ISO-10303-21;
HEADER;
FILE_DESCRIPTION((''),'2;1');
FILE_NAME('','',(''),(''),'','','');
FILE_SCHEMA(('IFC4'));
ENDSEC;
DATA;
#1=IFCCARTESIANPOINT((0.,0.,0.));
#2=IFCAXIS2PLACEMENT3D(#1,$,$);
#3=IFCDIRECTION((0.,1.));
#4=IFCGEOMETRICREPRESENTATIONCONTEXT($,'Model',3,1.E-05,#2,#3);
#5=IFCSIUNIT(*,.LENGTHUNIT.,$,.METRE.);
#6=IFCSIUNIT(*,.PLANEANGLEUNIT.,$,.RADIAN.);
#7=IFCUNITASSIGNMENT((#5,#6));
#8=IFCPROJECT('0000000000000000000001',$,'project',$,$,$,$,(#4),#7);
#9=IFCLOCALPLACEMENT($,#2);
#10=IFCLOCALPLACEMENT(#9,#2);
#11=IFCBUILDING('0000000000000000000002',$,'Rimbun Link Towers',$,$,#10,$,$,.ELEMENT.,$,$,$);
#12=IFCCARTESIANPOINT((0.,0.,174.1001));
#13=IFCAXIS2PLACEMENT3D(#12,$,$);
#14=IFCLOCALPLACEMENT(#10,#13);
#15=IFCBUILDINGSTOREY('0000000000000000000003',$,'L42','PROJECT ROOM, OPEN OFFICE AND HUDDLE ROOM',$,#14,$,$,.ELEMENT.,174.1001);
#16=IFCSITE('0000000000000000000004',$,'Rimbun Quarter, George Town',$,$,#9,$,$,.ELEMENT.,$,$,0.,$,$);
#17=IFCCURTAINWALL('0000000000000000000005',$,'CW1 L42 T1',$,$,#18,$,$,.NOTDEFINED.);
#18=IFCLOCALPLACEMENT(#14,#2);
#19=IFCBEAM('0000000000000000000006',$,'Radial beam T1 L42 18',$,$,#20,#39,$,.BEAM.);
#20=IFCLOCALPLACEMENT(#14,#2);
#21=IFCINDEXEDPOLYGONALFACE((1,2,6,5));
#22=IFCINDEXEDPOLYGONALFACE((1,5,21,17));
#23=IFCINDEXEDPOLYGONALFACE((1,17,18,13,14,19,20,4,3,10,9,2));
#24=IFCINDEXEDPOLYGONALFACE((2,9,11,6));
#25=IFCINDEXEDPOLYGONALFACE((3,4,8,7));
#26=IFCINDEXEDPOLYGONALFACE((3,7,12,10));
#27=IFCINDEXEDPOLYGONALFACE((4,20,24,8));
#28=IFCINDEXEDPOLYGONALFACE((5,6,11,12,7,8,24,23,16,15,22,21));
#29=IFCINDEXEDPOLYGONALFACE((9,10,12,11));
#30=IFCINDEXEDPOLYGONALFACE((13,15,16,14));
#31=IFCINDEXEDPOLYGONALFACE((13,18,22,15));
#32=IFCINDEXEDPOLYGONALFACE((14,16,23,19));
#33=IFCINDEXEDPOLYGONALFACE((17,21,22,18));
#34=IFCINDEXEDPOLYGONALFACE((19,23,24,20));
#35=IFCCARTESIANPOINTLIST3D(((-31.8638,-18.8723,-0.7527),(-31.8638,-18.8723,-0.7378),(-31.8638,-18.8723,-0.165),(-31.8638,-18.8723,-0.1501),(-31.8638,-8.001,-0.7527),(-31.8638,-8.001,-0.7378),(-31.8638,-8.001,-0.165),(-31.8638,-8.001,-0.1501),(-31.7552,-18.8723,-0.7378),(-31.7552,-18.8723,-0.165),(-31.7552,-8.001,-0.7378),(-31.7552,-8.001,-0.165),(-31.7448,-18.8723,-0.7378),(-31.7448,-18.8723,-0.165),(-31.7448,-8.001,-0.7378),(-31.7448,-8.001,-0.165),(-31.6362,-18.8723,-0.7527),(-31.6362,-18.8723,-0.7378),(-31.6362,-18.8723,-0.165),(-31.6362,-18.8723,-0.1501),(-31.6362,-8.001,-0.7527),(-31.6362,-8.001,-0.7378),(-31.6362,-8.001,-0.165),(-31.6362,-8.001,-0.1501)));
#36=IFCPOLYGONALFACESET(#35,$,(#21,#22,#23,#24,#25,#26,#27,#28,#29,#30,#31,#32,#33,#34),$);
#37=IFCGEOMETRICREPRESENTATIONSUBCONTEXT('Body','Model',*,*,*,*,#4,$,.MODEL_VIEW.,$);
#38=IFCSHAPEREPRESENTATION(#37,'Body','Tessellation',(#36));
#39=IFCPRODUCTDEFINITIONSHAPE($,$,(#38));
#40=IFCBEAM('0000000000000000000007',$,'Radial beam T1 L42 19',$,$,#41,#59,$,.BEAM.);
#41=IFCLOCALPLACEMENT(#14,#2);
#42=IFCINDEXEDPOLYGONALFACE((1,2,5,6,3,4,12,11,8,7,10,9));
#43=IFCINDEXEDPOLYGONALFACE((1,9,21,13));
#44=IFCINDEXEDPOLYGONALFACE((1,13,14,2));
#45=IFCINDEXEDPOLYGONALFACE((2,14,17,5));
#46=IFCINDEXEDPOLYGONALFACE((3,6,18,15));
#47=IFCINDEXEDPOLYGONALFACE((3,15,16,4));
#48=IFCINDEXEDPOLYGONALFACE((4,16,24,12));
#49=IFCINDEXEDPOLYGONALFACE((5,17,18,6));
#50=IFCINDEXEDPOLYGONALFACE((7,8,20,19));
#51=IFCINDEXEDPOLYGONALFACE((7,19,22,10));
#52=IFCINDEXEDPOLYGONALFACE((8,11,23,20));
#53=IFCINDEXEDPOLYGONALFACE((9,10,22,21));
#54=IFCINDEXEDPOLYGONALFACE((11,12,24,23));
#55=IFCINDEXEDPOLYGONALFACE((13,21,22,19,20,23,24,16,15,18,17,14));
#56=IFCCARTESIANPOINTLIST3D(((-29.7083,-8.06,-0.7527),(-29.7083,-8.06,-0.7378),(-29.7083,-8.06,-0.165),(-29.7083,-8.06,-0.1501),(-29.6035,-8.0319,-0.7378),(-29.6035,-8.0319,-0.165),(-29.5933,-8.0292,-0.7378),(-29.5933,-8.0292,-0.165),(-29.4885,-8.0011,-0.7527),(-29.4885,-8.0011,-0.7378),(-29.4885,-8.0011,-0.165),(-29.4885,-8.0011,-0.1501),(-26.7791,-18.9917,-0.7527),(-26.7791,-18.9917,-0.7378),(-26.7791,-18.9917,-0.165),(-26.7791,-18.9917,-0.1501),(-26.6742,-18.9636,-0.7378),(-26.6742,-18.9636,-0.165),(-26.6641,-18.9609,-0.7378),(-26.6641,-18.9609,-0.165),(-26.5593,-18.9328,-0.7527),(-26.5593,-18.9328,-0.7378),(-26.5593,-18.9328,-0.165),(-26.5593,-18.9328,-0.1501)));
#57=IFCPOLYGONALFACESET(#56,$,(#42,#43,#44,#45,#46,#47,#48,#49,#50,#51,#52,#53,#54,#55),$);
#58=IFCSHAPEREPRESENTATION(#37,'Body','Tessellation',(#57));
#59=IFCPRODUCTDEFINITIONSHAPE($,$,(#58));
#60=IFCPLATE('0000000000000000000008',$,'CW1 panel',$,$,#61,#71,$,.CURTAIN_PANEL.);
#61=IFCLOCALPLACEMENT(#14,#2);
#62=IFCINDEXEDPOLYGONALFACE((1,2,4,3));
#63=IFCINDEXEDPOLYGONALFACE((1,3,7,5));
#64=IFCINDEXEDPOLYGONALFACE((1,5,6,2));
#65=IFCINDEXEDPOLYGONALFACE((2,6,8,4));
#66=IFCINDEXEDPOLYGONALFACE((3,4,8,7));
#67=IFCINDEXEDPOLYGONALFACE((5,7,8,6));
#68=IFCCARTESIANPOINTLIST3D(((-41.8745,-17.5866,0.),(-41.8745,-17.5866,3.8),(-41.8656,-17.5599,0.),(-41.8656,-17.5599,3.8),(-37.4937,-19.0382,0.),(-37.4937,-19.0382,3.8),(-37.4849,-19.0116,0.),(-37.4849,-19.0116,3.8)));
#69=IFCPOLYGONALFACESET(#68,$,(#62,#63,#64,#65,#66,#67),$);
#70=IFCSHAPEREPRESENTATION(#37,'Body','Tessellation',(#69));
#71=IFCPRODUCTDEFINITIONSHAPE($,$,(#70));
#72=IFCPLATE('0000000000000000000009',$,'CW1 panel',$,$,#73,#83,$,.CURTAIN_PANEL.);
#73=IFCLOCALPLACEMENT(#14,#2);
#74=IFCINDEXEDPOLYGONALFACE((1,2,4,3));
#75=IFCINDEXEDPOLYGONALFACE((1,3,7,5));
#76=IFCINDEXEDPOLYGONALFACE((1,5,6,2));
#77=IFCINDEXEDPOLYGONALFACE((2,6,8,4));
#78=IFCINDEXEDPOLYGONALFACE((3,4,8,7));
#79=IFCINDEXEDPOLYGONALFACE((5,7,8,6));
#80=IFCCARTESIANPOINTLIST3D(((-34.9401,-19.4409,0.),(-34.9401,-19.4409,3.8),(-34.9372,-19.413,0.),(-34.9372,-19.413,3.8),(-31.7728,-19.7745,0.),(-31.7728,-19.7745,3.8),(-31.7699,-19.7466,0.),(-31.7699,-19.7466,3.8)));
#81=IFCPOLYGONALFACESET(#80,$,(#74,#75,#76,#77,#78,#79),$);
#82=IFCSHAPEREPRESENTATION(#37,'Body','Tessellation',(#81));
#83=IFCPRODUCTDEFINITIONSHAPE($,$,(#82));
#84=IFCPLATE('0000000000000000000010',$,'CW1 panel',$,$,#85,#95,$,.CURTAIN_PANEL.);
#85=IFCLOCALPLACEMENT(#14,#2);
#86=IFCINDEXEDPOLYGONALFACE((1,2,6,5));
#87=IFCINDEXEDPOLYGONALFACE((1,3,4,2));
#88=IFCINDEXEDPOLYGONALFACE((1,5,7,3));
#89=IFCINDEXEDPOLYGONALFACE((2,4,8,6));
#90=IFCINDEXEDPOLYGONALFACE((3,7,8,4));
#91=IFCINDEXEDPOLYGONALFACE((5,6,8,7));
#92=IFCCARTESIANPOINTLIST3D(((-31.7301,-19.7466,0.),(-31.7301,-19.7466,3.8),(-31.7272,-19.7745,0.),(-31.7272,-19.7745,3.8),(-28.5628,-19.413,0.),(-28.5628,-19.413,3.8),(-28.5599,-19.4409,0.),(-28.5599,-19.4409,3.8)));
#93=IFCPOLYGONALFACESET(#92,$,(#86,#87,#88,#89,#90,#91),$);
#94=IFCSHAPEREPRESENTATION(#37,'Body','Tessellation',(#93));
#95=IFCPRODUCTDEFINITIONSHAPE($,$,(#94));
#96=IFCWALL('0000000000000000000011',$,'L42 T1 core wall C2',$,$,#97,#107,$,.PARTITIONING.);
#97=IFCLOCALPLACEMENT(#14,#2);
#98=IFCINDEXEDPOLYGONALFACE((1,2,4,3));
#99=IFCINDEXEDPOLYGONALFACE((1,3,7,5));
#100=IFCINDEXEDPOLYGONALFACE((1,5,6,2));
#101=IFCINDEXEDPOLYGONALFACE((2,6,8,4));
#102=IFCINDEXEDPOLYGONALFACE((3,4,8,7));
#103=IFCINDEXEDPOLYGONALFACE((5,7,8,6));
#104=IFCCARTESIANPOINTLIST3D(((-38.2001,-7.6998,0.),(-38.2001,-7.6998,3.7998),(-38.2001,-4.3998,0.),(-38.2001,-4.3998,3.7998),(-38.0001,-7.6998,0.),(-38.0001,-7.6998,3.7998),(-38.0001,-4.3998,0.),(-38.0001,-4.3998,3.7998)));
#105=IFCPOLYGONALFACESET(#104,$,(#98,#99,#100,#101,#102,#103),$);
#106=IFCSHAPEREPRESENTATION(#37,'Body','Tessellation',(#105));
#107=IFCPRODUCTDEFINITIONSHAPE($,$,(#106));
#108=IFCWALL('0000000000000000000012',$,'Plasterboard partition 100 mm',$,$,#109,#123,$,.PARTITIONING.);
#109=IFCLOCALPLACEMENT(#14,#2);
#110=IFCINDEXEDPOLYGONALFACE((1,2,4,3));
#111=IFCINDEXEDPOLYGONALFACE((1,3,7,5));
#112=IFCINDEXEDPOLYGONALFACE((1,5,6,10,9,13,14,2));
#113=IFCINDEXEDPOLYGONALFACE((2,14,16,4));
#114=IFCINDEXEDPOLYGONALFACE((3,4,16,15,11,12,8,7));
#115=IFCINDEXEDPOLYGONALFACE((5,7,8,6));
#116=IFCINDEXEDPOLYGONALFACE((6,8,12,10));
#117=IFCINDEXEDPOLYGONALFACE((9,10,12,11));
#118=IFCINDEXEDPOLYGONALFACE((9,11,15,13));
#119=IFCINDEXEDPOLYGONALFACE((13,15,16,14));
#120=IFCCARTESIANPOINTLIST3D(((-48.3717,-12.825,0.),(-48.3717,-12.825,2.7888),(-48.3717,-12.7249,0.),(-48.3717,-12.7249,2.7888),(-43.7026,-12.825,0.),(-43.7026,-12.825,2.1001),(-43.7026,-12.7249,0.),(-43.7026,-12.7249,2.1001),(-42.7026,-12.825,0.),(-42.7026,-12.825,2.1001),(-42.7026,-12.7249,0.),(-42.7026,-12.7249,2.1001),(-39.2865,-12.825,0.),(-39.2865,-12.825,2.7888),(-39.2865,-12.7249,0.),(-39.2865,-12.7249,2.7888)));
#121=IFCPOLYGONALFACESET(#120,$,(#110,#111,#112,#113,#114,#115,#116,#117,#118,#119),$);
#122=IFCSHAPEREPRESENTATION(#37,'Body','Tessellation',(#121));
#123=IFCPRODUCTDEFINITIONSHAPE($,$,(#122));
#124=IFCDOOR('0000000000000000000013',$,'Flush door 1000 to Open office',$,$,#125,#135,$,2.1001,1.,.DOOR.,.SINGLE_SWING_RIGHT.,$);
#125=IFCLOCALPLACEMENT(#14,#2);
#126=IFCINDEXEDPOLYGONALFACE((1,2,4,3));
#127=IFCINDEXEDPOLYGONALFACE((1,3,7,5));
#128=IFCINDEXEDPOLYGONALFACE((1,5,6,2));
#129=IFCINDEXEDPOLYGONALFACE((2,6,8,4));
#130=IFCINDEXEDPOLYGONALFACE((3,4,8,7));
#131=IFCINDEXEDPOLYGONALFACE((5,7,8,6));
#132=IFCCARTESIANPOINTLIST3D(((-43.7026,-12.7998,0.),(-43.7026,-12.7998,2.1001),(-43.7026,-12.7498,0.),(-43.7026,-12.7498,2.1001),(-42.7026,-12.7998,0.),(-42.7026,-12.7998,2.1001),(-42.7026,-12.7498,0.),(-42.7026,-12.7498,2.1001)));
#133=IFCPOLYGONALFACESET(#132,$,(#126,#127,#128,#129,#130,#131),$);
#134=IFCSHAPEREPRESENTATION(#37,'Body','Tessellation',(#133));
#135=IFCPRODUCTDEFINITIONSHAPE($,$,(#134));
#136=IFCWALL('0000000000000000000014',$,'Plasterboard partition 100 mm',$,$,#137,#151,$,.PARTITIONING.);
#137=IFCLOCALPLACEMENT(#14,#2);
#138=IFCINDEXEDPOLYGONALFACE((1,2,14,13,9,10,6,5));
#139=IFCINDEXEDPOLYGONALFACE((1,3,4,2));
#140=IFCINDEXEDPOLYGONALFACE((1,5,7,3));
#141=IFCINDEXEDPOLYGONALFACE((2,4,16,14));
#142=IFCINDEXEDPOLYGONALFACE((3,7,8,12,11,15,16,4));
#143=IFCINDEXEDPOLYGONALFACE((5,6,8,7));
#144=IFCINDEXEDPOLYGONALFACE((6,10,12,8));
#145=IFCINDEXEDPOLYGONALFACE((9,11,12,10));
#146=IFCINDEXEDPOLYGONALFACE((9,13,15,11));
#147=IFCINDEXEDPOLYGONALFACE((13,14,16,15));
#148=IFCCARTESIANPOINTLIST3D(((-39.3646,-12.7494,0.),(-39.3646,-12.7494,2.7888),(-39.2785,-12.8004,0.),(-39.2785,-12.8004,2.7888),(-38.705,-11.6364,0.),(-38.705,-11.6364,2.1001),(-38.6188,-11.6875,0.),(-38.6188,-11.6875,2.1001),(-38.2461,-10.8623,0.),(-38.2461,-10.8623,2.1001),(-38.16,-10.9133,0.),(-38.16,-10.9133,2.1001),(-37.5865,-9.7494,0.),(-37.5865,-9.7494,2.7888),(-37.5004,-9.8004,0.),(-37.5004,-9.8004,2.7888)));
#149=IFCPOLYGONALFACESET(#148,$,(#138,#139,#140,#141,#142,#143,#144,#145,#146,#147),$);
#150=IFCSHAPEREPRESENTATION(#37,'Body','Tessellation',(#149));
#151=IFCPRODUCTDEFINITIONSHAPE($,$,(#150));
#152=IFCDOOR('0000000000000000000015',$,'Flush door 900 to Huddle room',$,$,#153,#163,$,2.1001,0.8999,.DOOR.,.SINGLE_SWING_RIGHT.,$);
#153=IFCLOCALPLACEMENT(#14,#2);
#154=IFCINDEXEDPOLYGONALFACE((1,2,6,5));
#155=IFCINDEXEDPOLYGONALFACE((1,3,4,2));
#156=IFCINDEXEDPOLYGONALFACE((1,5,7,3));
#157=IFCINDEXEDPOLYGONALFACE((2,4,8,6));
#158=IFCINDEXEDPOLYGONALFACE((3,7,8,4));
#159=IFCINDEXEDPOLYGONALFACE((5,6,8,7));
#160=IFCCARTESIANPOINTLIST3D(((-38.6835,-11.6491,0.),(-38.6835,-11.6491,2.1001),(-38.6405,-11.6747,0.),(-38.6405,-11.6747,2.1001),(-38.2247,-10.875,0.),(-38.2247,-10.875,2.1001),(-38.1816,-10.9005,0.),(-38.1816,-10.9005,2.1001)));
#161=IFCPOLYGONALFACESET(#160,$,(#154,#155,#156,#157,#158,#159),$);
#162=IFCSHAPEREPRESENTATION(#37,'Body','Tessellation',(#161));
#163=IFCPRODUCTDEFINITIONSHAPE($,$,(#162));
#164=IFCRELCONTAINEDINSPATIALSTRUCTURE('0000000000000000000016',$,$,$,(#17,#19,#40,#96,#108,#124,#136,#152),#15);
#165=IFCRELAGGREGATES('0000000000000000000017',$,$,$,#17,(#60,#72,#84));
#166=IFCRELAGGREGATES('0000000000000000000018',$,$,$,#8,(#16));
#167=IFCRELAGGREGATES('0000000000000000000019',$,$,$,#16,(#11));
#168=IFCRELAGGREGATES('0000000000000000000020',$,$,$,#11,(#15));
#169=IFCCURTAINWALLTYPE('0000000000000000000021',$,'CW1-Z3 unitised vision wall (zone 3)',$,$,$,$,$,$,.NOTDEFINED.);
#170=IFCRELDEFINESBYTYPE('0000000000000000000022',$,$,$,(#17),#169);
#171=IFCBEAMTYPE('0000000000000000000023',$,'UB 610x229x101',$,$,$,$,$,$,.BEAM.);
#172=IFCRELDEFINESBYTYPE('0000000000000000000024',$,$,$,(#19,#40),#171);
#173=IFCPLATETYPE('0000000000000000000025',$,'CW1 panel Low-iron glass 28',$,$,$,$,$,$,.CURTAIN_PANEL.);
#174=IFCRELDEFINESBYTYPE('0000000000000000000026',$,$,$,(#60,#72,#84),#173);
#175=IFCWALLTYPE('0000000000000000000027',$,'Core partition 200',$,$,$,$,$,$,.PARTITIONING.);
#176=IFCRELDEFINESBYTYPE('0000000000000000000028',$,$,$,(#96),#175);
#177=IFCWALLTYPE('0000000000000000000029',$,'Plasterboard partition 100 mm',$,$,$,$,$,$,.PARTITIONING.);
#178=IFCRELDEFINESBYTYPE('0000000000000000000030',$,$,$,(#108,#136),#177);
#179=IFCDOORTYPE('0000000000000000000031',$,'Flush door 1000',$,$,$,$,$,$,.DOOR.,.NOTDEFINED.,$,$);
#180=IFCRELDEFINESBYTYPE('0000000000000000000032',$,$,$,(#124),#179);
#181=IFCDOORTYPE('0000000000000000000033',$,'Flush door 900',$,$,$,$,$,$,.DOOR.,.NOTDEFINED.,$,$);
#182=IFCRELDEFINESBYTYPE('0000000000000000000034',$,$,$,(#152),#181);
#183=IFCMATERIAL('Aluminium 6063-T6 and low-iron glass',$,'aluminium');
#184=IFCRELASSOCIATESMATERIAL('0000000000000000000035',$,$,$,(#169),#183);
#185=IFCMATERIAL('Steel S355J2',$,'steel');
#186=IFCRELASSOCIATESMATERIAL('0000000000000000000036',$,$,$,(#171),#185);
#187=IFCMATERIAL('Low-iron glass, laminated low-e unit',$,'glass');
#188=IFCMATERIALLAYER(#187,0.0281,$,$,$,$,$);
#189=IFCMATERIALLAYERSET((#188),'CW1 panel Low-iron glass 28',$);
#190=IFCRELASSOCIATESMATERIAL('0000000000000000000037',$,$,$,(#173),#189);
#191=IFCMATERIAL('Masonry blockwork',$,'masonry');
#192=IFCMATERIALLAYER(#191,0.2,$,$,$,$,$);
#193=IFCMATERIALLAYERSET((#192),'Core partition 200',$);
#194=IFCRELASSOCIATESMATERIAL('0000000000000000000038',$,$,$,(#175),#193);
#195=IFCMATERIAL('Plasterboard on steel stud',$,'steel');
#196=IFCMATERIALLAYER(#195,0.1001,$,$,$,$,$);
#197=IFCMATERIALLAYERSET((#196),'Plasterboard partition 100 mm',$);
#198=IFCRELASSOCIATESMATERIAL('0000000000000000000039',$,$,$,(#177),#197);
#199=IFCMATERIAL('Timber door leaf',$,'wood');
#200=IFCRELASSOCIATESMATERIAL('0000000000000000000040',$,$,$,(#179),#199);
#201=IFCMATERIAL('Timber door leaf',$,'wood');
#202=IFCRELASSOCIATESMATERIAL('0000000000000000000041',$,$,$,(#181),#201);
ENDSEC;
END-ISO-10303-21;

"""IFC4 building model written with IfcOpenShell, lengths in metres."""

from ifc_helpers import new_model, si_unit, direction, frame, frame_2d, origin, origin_2d, place, context, subcontext, project, spatial, rectangle, i_section, extrude, material, layer, layer_set, material_profile, profile_set, type_object, element, fill, aggregate, save


model = new_model("IFC4")

# Units and contexts
model_context = context("Model", 3, precision=1e-05, world=origin(), true_north=direction((0.0, 1.0)))
body_context = subcontext(model_context, "Body", "Model", "MODEL_VIEW")
ifc_project = project(units=[si_unit("LENGTHUNIT", "METRE"), si_unit("PLANEANGLEUNIT", "RADIAN")], contexts=[model_context])

# Site, building, storey
site_placement = place(None, origin())
site = spatial("IfcSite", under=ifc_project, at=site_placement, Name="Rimbun Quarter, George Town", CompositionType="ELEMENT", RefElevation=0.0)
building_placement = place(site_placement, origin())
building = spatial("IfcBuilding", under=site, at=building_placement, Name="Rimbun Link Towers", CompositionType="ELEMENT")
storey_placement = place(building_placement, frame((0.0, 0.0, 174.1001)))
storey = spatial("IfcBuildingStorey", under=building, at=storey_placement, Name="L42", Description="PROJECT ROOM, OPEN OFFICE AND HUDDLE ROOM", CompositionType="ELEMENT", Elevation=174.1001)

# Curtain wall
ifc_material_1 = material(Name="Aluminium 6063-T6 and low-iron glass", Category="aluminium")
curtain_wall_type = type_object("IfcCurtainWallType", Name="CW1-Z3 unitised vision wall (zone 3)", PredefinedType="NOTDEFINED", material=ifc_material_1)
curtain_wall_placement = place(storey_placement, origin())
curtain_wall = element("IfcCurtainWall", 1, at=curtain_wall_placement, inside=storey, type_object=curtain_wall_type, Name="CW1 L42 T1", PredefinedType="NOTDEFINED")

# Beams
ifc_material_2 = material(Name="Steel S355J2", Category="steel")
ifc_material_profile_1 = material_profile(ifc_material_2, i_section(OverallWidth=0.2275, OverallDepth=0.6025, WebThickness=0.0105, FlangeThickness=0.0149, at=origin_2d()), Name="UB 610x229x101")
ifc_profile_set_1 = profile_set([ifc_material_profile_1], Name="Steel S355J2")
beam_type_1 = type_object("IfcBeamType", Name="UB 610x229x101", PredefinedType="BEAM", material=ifc_profile_set_1)
beam_1_placement = place(storey_placement, frame((-31.75, -8.001, -0.4514), z_axis=(0.0, -1.0, 0.0), x_axis=(1.0, 0.0, 0.0)))
element("IfcBeam", 2, at=beam_1_placement, inside=storey, type_object=beam_type_1, Name="Radial beam T1 L42 18", PredefinedType="BEAM", context=body_context, shape_type="SweptSolid", body=[
    extrude(i_section(OverallWidth=0.2275, OverallDepth=0.6025, WebThickness=0.0105, FlangeThickness=0.0149, at=origin_2d()), origin(), (0.0, 0.0, 1.0), 10.8713),
])
beam_2_placement = place(storey_placement, frame((-29.5984, -8.0305, -0.4514), z_axis=(0.258825, -0.965924, 0.0), x_axis=(0.965924, 0.258825, 0.0)))
element("IfcBeam", 3, at=beam_2_placement, inside=storey, type_object=beam_type_1, Name="Radial beam T1 L42 19", PredefinedType="BEAM", context=body_context, shape_type="SweptSolid", body=[
    extrude(i_section(OverallWidth=0.2275, OverallDepth=0.6025, WebThickness=0.0105, FlangeThickness=0.0149, at=origin_2d()), origin(), (0.0, 0.0, 1.0), 11.3174),
])

# Plates
ifc_material_3 = material(Name="Low-iron glass, laminated low-e unit", Category="glass")
ifc_layer_1 = layer(ifc_material_3, 0.0281)
ifc_layer_set_1 = layer_set([ifc_layer_1], Name="CW1 panel Low-iron glass 28")
plate_type = type_object("IfcPlateType", Name="CW1 panel Low-iron glass 28", PredefinedType="CURTAIN_PANEL", material=ifc_layer_set_1)
plate_1_placement = place(storey_placement, frame((-39.6797, -18.2991, 0.0), z_axis=(0.0, 0.0, 1.0), x_axis=(-0.949237, 0.31456, 0.0)))
plate_1 = element("IfcPlate", 4, at=plate_1_placement, type_object=plate_type, Name="CW1 panel", PredefinedType="CURTAIN_PANEL", context=body_context, shape_type="SweptSolid", body=[
    extrude(rectangle(XDim=4.615, YDim=0.0281, at=origin_2d()), origin(), (0.0, 0.0, 1.0), 3.8),
])
plate_2_placement = place(storey_placement, frame((-33.355, -19.5938, 0.0), z_axis=(0.0, 0.0, 1.0), x_axis=(-0.9945, 0.104737, 0.0)))
plate_2 = element("IfcPlate", 5, at=plate_2_placement, type_object=plate_type, Name="CW1 panel", PredefinedType="CURTAIN_PANEL", context=body_context, shape_type="SweptSolid", body=[
    extrude(rectangle(XDim=3.1848, YDim=0.0281, at=origin_2d()), origin(), (0.0, 0.0, 1.0), 3.8),
])
plate_3_placement = place(storey_placement, frame((-30.145, -19.5938, 0.0), z_axis=(0.0, 0.0, 1.0), x_axis=(-0.9945, -0.104737, 0.0)))
plate_3 = element("IfcPlate", 6, at=plate_3_placement, type_object=plate_type, Name="CW1 panel", PredefinedType="CURTAIN_PANEL", context=body_context, shape_type="SweptSolid", body=[
    extrude(rectangle(XDim=3.1848, YDim=0.0281, at=origin_2d()), origin(), (0.0, 0.0, 1.0), 3.8),
])
aggregate(curtain_wall, [plate_1, plate_2, plate_3])

# Wall
ifc_material_4 = material(Name="Masonry blockwork", Category="masonry")
ifc_layer_2 = layer(ifc_material_4, 0.2)
ifc_layer_set_2 = layer_set([ifc_layer_2], Name="Core partition 200")
wall_type_1 = type_object("IfcWallType", Name="Core partition 200", PredefinedType="PARTITIONING", material=ifc_layer_set_2)
wall_1_placement = place(storey_placement, frame((-38.1001, -4.3999, 0.0), z_axis=(0.0, 0.0, 1.0), x_axis=(0.0, -1.0, 0.0)))
element("IfcWall", 7, at=wall_1_placement, inside=storey, type_object=wall_type_1, Name="L42 T1 core wall C2", PredefinedType="PARTITIONING", context=body_context, shape_type="SweptSolid", body=[
    extrude(rectangle(XDim=3.3, YDim=0.2, at=frame_2d((1.6499, 0.0))), origin(), (0.0, 0.0, 1.0), 3.7998),
])

# Walls, openings, doors
ifc_material_5 = material(Name="Plasterboard on steel stud", Category="steel")
ifc_layer_3 = layer(ifc_material_5, 0.1001)
ifc_layer_set_3 = layer_set([ifc_layer_3], Name="Plasterboard partition 100 mm")
wall_type_2 = type_object("IfcWallType", Name="Plasterboard partition 100 mm", PredefinedType="PARTITIONING", material=ifc_layer_set_3)
wall_2_placement = place(storey_placement, frame((-39.2866, -12.7749, 0.0), z_axis=(0.0, 0.0, 1.0), x_axis=(-1.0, 0.0, 0.0)))
wall_2 = element("IfcWall", 8, at=wall_2_placement, inside=storey, type_object=wall_type_2, Name="Plasterboard partition 100 mm", PredefinedType="PARTITIONING", context=body_context, shape_type="SweptSolid", body=[
    extrude(rectangle(XDim=9.0852, YDim=0.1001, at=frame_2d((4.5425, 0.0))), origin(), (0.0, 0.0, 1.0), 2.7888),
])
opening_1_placement = place(wall_2_placement, frame((3.416, 0.0, 0.0)))
opening_1 = element("IfcOpeningElement", 9, at=opening_1_placement, cuts=wall_2, PredefinedType="OPENING", context=body_context, shape_type="SweptSolid", body=[
    extrude(rectangle(XDim=1.0, YDim=2.1001, at=frame_2d((0.5, 1.05))), frame((0.0, 0.0601, 0.0), z_axis=(0.0, -1.0, 0.0), x_axis=(1.0, 0.0, 0.0)), (0.0, 0.0, 1.0), 0.1201),
])
ifc_material_6 = material(Name="Timber door leaf", Category="wood")
door_type_1 = type_object("IfcDoorType", Name="Flush door 1000", OperationType="NOTDEFINED", PredefinedType="DOOR", material=ifc_material_6)
door_1_placement = place(opening_1_placement, origin())
door_1 = element("IfcDoor", 10, at=door_1_placement, inside=storey, type_object=door_type_1, Name="Flush door 1000 to Open office", OperationType="SINGLE_SWING_RIGHT", OverallHeight=2.1001, OverallWidth=1.0, PredefinedType="DOOR", context=body_context, shape_type="SweptSolid", body=[
    extrude(rectangle(XDim=1.0, YDim=2.1001, at=frame_2d((0.5, 1.05))), frame((0.0, 0.0249, 0.0), z_axis=(0.0, -1.0, 0.0), x_axis=(1.0, 0.0, 0.0)), (0.0, 0.0, 1.0), 0.05),
])
fill(opening_1, door_1)
wall_3_placement = place(storey_placement, frame((-37.5435, -9.7749, 0.0), z_axis=(0.0, 0.0, 1.0), x_axis=(-0.509866, -0.860254, 0.0)))
wall_3 = element("IfcWall", 11, at=wall_3_placement, inside=storey, type_object=wall_type_2, Name="Plasterboard partition 100 mm", PredefinedType="PARTITIONING", context=body_context, shape_type="SweptSolid", body=[
    extrude(rectangle(XDim=3.4873, YDim=0.1001, at=frame_2d((1.7437, 0.0))), origin(), (0.0, 0.0, 1.0), 2.7888),
])
opening_2_placement = place(wall_3_placement, frame((1.2937, 0.0, 0.0)))
opening_2 = element("IfcOpeningElement", 12, at=opening_2_placement, cuts=wall_3, PredefinedType="OPENING", context=body_context, shape_type="SweptSolid", body=[
    extrude(rectangle(XDim=0.8999, YDim=2.1001, at=frame_2d((0.45, 1.05))), frame((0.0, 0.0601, 0.0), z_axis=(0.0, -1.0, 0.0), x_axis=(1.0, 0.0, 0.0)), (0.0, 0.0, 1.0), 0.1201),
])
ifc_material_7 = material(Name="Timber door leaf", Category="wood")
door_type_2 = type_object("IfcDoorType", Name="Flush door 900", OperationType="NOTDEFINED", PredefinedType="DOOR", material=ifc_material_7)
door_2_placement = place(opening_2_placement, origin())
door_2 = element("IfcDoor", 13, at=door_2_placement, inside=storey, type_object=door_type_2, Name="Flush door 900 to Huddle room", OperationType="SINGLE_SWING_RIGHT", OverallHeight=2.1001, OverallWidth=0.8999, PredefinedType="DOOR", context=body_context, shape_type="SweptSolid", body=[
    extrude(rectangle(XDim=0.8999, YDim=2.1001, at=frame_2d((0.45, 1.05))), frame((0.0, 0.0249, 0.0), z_axis=(0.0, -1.0, 0.0), x_axis=(1.0, 0.0, 0.0)), (0.0, 0.0, 1.0), 0.05),
])
fill(opening_2, door_2)

save(model, "model.ifc")
